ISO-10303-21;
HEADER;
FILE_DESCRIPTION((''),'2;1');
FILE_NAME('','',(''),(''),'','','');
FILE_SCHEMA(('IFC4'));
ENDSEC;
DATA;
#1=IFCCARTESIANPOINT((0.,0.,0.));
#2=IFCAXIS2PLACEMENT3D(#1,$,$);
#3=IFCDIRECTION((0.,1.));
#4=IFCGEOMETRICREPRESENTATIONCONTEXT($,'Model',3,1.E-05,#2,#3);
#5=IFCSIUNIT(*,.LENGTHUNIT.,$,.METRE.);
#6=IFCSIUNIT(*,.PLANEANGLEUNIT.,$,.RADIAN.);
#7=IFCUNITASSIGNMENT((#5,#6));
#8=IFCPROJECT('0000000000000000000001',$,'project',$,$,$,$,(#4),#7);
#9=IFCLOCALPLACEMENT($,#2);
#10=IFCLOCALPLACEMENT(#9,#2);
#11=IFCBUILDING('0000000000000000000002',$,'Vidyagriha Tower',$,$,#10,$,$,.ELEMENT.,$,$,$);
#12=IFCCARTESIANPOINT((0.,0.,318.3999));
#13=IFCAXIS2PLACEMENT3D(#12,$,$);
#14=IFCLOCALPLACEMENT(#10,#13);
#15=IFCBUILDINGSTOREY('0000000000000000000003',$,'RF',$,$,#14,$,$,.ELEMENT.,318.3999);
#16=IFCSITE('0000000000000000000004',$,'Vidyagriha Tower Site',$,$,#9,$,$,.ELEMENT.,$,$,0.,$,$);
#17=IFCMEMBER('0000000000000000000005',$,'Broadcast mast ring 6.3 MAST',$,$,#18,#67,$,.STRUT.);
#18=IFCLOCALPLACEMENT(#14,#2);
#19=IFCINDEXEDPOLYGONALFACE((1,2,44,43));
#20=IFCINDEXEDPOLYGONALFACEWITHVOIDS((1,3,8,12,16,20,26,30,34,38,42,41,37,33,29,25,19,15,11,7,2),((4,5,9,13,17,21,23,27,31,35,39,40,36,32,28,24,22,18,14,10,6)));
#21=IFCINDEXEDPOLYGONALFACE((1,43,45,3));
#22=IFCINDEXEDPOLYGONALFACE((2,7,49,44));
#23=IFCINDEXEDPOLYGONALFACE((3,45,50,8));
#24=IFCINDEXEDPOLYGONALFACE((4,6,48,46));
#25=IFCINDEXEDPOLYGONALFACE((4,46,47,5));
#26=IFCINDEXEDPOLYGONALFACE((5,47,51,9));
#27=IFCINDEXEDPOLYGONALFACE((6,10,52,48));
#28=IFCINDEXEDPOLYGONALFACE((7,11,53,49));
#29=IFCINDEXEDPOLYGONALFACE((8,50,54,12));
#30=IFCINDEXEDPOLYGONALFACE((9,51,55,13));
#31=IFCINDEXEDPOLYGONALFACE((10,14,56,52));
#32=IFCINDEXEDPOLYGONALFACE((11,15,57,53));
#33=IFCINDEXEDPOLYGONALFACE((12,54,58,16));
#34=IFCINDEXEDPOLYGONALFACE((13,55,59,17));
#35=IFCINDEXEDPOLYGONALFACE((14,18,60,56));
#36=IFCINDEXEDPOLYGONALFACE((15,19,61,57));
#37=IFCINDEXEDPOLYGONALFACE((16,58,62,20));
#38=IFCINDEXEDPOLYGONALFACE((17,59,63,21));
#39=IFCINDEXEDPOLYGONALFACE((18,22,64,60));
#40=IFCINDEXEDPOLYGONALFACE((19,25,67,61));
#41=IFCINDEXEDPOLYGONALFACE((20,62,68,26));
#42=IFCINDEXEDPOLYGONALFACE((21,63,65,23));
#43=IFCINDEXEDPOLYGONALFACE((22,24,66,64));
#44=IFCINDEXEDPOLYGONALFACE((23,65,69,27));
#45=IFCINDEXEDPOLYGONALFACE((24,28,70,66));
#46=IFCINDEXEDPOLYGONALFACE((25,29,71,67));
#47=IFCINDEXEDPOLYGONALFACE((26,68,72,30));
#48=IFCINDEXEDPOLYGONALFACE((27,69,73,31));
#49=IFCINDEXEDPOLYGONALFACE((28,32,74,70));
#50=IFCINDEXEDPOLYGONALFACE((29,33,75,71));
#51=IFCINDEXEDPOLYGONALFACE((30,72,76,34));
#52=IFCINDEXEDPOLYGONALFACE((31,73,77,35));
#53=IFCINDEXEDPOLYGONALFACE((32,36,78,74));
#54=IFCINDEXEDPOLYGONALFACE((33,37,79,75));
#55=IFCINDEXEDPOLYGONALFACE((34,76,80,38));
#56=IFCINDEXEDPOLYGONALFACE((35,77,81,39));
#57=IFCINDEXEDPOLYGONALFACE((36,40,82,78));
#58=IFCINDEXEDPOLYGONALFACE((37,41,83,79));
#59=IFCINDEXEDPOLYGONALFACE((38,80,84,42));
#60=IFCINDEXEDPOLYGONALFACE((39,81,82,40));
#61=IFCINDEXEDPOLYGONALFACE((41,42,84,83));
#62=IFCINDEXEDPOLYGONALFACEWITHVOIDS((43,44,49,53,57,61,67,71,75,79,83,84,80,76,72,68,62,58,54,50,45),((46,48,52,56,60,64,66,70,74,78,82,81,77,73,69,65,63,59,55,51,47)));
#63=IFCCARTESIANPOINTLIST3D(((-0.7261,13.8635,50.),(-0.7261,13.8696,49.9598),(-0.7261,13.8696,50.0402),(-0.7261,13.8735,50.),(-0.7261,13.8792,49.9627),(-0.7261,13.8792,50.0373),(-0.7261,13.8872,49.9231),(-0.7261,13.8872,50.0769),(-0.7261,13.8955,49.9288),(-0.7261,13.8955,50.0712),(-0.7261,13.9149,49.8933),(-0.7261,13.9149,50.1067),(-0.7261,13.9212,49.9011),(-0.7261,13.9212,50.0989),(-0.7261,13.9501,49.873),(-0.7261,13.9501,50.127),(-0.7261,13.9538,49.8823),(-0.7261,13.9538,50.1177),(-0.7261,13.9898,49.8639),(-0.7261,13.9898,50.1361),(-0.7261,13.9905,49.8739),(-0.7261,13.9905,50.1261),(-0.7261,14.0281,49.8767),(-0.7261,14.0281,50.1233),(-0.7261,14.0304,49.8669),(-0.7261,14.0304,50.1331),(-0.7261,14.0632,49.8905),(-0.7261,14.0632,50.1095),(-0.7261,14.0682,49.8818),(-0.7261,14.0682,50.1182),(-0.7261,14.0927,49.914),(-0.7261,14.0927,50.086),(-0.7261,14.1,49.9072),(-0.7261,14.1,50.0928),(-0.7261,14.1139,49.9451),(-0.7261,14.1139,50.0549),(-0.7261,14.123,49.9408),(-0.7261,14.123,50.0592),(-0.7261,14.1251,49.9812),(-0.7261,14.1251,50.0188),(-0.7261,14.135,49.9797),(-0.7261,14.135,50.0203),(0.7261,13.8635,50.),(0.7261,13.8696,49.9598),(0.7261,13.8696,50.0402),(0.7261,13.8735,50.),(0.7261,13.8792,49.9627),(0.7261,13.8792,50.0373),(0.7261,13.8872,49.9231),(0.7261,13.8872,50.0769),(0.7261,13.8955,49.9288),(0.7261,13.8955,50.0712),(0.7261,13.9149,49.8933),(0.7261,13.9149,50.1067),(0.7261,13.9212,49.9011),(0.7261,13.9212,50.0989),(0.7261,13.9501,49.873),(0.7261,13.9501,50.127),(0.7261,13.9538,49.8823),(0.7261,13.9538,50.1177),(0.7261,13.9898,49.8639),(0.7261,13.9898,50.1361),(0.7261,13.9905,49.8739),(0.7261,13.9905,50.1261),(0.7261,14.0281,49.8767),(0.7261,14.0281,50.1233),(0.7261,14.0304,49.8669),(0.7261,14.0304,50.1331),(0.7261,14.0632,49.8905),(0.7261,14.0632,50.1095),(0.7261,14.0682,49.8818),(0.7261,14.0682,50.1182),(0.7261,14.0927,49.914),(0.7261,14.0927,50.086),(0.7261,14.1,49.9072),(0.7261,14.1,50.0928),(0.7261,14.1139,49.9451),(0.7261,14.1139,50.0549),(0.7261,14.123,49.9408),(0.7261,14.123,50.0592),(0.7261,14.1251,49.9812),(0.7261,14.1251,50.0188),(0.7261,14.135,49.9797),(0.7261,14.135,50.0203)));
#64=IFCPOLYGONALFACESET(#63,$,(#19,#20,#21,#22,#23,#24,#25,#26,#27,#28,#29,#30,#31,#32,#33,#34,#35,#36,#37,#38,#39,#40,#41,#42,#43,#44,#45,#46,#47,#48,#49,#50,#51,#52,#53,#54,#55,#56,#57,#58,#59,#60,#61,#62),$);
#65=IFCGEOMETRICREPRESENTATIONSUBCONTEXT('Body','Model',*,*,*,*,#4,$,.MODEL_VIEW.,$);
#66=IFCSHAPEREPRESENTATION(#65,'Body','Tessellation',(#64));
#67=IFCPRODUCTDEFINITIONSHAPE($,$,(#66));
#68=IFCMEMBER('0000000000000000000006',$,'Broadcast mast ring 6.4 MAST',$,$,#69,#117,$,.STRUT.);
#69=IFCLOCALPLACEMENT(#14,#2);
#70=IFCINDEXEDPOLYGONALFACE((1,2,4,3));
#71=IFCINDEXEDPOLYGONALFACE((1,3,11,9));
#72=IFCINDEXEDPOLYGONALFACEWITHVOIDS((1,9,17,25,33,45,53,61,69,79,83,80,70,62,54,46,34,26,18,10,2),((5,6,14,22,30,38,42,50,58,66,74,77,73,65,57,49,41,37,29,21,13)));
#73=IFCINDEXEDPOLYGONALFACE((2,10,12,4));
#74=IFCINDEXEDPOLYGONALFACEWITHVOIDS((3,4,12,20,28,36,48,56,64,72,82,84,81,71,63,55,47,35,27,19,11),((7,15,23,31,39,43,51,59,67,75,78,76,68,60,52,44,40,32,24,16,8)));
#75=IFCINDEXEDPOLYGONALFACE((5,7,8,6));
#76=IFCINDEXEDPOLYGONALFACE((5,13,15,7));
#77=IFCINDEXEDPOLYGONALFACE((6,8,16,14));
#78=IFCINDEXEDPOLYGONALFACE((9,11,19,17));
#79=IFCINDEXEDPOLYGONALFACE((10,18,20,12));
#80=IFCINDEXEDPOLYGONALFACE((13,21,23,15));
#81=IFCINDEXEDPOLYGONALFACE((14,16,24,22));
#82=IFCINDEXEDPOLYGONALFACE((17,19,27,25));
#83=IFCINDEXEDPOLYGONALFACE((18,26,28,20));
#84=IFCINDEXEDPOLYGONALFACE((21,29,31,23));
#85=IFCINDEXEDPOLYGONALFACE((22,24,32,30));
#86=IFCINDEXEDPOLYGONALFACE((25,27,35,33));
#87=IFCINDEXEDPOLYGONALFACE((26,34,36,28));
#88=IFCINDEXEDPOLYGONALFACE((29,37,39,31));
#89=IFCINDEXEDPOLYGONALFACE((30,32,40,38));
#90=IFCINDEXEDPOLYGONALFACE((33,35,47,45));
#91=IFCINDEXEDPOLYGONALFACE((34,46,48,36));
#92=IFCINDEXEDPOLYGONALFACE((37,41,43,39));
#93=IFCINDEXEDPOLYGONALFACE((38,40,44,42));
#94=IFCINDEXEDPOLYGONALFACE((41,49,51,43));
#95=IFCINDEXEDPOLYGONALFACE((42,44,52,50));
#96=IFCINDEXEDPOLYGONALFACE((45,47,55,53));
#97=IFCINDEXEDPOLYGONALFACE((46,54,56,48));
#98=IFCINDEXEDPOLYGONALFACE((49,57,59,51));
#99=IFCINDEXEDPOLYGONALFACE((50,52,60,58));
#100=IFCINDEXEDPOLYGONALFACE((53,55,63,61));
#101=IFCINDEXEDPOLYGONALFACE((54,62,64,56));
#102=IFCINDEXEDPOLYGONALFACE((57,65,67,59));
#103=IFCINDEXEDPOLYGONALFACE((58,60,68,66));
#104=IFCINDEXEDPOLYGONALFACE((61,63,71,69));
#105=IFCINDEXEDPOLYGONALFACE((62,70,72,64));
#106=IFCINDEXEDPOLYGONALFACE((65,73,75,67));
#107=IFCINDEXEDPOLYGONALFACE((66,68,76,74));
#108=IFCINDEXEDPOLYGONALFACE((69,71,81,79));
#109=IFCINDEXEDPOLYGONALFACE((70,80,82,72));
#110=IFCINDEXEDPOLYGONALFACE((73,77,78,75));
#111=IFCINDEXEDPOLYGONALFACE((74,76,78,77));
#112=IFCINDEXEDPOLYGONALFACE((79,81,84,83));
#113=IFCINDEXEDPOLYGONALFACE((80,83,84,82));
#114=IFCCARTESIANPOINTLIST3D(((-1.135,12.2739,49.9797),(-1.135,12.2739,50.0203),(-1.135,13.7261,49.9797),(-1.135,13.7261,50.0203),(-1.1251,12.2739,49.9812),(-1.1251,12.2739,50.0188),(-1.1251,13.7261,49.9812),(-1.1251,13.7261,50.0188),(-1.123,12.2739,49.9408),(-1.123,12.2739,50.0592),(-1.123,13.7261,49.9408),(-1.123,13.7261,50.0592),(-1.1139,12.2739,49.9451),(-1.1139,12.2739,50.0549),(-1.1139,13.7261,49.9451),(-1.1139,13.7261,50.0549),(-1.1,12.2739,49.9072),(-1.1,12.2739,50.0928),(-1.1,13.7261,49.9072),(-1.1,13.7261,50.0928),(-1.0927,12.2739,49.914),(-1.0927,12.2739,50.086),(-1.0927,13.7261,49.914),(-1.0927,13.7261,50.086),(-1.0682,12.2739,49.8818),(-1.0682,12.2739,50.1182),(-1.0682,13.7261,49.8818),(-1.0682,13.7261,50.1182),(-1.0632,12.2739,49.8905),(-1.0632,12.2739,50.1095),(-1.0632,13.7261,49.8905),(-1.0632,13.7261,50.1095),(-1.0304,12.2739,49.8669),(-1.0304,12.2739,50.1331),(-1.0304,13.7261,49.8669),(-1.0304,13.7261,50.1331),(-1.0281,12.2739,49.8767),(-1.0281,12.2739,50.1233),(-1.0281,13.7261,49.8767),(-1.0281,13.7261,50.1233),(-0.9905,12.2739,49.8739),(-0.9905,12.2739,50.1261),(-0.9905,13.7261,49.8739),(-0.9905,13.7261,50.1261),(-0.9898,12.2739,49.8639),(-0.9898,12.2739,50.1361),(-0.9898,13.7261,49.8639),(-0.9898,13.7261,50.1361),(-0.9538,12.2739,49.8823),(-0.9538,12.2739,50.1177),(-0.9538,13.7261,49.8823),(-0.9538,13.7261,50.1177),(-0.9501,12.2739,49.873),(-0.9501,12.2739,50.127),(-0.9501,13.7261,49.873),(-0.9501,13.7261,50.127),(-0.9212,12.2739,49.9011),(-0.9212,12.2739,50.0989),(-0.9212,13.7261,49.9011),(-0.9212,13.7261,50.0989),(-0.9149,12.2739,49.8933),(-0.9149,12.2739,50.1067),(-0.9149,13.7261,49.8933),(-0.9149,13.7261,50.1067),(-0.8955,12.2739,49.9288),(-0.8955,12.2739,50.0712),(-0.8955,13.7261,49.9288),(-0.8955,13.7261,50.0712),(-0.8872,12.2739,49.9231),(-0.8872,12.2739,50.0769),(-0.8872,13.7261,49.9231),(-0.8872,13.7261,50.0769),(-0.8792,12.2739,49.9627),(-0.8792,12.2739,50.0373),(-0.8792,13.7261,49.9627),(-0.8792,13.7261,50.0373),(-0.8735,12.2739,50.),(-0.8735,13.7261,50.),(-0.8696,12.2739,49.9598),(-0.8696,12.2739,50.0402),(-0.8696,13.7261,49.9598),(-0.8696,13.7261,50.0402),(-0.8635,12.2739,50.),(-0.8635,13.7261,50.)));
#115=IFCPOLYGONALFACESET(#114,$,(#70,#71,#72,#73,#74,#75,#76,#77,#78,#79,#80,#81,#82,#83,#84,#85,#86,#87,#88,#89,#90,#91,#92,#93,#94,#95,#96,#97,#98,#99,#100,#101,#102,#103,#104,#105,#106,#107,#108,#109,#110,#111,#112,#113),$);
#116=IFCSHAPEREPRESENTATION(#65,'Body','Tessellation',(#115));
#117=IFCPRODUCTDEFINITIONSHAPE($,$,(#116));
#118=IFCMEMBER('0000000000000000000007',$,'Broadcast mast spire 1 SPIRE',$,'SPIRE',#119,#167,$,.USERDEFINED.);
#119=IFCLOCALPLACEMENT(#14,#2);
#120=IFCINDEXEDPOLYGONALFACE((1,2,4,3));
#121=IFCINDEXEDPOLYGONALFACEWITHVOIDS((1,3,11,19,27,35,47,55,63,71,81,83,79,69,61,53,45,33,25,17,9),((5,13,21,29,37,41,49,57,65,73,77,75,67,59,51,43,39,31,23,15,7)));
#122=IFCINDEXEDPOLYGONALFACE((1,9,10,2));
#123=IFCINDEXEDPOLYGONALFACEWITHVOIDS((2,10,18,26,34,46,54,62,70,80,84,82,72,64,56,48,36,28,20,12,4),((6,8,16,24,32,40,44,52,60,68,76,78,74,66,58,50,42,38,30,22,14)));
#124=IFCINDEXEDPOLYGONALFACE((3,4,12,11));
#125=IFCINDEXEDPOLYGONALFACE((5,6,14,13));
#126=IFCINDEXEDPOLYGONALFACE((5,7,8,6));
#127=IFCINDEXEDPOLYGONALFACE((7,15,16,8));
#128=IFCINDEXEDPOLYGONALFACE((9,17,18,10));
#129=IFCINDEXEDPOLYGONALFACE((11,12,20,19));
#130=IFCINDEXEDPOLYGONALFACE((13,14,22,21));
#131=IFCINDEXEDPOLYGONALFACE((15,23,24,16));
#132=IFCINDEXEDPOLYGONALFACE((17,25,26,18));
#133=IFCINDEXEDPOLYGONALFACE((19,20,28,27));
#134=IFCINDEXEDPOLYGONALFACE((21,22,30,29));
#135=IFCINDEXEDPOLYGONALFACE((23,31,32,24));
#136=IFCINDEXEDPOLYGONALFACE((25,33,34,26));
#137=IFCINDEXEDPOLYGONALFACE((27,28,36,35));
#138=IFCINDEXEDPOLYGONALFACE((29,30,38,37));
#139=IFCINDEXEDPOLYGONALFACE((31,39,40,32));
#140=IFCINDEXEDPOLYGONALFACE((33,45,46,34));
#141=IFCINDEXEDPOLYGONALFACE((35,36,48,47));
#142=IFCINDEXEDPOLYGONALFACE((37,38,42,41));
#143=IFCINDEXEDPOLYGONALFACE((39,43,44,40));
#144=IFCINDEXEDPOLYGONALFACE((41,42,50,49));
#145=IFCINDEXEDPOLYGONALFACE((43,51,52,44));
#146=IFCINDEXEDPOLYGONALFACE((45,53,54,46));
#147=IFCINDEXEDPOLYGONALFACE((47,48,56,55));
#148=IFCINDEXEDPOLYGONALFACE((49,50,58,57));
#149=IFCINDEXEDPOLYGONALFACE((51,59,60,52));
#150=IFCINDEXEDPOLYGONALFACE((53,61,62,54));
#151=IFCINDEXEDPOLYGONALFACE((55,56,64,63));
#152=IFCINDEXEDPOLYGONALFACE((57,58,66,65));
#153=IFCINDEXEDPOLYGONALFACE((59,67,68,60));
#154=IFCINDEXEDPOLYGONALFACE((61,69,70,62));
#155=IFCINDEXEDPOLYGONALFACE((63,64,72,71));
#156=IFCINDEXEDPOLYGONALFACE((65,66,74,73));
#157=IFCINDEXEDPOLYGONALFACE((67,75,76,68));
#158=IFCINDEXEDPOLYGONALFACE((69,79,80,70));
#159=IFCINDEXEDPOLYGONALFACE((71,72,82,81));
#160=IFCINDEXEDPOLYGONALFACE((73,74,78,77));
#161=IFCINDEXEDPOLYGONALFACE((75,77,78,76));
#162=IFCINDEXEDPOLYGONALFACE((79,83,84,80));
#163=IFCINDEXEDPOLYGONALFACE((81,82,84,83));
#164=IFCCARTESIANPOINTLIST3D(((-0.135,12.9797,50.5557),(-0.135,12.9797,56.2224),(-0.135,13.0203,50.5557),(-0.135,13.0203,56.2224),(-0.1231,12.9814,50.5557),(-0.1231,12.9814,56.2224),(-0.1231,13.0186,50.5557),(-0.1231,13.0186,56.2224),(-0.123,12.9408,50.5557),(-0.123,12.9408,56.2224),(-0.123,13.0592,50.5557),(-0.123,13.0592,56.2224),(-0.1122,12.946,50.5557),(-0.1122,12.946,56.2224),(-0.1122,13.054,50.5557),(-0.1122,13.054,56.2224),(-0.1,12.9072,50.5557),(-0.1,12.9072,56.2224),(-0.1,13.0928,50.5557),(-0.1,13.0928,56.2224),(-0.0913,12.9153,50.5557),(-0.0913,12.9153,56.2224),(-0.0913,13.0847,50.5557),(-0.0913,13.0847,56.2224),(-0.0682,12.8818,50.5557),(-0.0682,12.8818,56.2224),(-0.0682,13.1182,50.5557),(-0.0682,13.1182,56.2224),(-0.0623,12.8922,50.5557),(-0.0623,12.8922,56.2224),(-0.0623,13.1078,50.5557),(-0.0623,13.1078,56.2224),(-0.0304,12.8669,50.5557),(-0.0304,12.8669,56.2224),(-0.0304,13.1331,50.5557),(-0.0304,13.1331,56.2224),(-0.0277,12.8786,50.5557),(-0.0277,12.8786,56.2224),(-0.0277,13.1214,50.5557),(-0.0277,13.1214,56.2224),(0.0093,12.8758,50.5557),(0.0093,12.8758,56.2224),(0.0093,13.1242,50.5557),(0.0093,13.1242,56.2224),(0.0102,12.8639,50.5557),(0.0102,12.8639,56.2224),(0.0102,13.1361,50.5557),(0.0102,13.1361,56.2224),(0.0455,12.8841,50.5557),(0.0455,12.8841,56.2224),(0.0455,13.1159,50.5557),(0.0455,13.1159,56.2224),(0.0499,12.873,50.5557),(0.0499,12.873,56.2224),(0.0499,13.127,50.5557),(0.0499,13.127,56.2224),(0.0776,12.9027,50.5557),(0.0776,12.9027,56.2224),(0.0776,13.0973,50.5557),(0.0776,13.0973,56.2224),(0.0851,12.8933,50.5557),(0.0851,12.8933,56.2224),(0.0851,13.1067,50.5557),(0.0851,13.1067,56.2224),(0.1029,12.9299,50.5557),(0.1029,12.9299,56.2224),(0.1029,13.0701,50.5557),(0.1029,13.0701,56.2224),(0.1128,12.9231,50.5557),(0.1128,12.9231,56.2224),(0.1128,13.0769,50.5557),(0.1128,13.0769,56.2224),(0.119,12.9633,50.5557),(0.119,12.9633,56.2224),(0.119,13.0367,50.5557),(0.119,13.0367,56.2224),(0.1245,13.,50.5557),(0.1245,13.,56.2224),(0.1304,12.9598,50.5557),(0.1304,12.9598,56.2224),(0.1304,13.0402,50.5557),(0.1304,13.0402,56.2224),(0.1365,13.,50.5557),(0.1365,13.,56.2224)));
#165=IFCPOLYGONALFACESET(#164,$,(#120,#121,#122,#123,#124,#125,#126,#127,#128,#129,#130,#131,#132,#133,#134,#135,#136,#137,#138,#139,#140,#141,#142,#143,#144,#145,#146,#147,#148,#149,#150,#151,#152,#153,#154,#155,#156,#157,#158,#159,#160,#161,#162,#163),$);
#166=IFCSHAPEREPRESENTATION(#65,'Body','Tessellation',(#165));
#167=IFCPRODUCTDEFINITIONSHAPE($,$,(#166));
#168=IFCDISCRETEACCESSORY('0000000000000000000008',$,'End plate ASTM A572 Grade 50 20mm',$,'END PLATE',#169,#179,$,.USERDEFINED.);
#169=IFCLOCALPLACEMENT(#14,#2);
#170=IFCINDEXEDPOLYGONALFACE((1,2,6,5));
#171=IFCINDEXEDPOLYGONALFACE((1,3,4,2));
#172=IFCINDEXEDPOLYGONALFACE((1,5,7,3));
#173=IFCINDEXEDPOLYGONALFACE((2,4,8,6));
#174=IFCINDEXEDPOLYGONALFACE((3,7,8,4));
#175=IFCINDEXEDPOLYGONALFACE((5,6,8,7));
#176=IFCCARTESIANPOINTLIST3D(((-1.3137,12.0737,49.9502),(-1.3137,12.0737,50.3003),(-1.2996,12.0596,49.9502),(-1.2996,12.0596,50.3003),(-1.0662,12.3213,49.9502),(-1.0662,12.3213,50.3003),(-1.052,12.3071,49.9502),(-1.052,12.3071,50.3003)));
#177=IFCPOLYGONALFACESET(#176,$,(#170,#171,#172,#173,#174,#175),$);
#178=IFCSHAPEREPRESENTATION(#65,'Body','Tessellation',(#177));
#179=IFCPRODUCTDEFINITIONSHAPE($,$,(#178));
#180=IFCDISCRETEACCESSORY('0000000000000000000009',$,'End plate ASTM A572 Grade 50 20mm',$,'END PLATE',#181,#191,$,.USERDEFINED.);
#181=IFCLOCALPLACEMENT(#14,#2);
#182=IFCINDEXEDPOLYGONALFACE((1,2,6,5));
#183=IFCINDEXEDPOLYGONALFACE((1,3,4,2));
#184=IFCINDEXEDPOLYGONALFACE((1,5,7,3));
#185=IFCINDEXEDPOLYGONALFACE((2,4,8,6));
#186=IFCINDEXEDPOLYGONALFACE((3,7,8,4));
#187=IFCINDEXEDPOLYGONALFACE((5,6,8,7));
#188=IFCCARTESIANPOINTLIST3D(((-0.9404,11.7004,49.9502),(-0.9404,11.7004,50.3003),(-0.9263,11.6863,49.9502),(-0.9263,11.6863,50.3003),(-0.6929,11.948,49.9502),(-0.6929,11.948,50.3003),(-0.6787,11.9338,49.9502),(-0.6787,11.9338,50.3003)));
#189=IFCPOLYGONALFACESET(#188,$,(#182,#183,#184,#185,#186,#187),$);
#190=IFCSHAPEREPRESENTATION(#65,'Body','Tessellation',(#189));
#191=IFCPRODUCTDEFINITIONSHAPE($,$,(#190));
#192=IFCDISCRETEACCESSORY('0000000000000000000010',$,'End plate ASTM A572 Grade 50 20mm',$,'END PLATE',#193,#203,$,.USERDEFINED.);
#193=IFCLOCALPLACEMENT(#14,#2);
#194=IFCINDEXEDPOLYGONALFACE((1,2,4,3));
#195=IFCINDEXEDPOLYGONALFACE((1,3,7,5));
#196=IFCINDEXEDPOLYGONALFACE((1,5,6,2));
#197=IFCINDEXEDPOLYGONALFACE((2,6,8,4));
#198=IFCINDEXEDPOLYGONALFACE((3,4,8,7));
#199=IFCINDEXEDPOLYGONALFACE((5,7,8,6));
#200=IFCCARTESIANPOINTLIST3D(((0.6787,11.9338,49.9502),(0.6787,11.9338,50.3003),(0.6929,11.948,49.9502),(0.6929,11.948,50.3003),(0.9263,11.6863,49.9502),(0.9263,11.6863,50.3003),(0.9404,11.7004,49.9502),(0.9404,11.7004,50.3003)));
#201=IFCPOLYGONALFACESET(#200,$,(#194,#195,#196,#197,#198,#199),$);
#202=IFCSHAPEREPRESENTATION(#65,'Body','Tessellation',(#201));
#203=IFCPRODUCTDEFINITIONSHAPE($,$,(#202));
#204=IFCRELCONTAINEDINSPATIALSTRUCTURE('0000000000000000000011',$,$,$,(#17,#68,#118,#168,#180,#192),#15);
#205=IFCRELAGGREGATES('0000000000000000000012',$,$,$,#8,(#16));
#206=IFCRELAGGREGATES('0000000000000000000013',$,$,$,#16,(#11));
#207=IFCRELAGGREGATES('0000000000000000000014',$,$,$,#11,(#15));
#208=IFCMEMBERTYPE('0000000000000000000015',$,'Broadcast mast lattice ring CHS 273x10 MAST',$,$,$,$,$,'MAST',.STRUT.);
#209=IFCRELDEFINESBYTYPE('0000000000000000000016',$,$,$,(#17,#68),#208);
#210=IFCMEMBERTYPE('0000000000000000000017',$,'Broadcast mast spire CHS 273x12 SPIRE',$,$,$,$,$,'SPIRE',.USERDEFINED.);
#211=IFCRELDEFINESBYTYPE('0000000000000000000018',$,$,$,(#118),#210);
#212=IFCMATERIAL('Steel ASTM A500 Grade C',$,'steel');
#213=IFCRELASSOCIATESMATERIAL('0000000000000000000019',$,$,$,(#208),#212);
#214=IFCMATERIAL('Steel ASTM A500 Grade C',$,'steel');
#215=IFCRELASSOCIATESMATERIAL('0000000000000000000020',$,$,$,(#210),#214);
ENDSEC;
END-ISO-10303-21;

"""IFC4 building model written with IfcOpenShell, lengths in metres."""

from ifc_helpers import new_model, si_unit, direction, frame, origin, origin_2d, place, context, subcontext, project, spatial, rectangle, hollow_circle, extrude, material, material_profile, profile_set, type_object, element, save


model = new_model("IFC4")

# Units and contexts
model_context = context("Model", 3, precision=1e-05, world=origin(), true_north=direction((0.0, 1.0)))
body_context = subcontext(model_context, "Body", "Model", "MODEL_VIEW")
ifc_project = project(units=[si_unit("LENGTHUNIT", "METRE"), si_unit("PLANEANGLEUNIT", "RADIAN")], contexts=[model_context])

# Site, building, storey
site_placement = place(None, origin())
site = spatial("IfcSite", under=ifc_project, at=site_placement, Name="Vidyagriha Tower Site", CompositionType="ELEMENT", RefElevation=0.0)
building_placement = place(site_placement, origin())
building = spatial("IfcBuilding", under=site, at=building_placement, Name="Vidyagriha Tower", CompositionType="ELEMENT")
storey_placement = place(building_placement, frame((0.0, 0.0, 318.3999)))
storey = spatial("IfcBuildingStorey", under=building, at=storey_placement, Name="RF", CompositionType="ELEMENT", Elevation=318.3999)

# Members
ifc_material_1 = material(Name="Steel ASTM A500 Grade C", Category="steel")
ifc_material_profile_1 = material_profile(ifc_material_1, hollow_circle(Radius=0.1365, WallThickness=0.01, at=origin_2d()), Name="Broadcast mast lattice ring CHS 273x10 MAST")
ifc_profile_set_1 = profile_set([ifc_material_profile_1], Name="Steel ASTM A500 Grade C")
member_type_1 = type_object("IfcMemberType", Name="Broadcast mast lattice ring CHS 273x10 MAST", ElementType="MAST", PredefinedType="STRUT", material=ifc_profile_set_1)
for number, where, z_axis, x_axis, name in (
    (1, (0.7261, 14.0, 50.0), (-1.0, 0.0, 0.0), (0.0, -1.0, 0.0), "Broadcast mast ring 6.3 MAST"),
    (2, (-1.0, 13.7261, 50.0), (0.0, -1.0, 0.0), (1.0, 0.0, 0.0), "Broadcast mast ring 6.4 MAST"),
):
    element("IfcMember", number, at=place(storey_placement, frame(where, z_axis=z_axis, x_axis=x_axis)), inside=storey, type_object=member_type_1, Name=name, PredefinedType="STRUT", context=body_context, shape_type="SweptSolid", body=[
        extrude(hollow_circle(Radius=0.1365, WallThickness=0.01, at=origin_2d()), origin(), (0.0, 0.0, 1.0), 1.4521),
    ])
ifc_material_2 = material(Name="Steel ASTM A500 Grade C", Category="steel")
ifc_material_profile_2 = material_profile(ifc_material_2, hollow_circle(Radius=0.1365, WallThickness=0.012, at=origin_2d()), Name="Broadcast mast spire CHS 273x12 SPIRE")
ifc_profile_set_2 = profile_set([ifc_material_profile_2], Name="Steel ASTM A500 Grade C")
member_type_2 = type_object("IfcMemberType", Name="Broadcast mast spire CHS 273x12 SPIRE", ElementType="SPIRE", PredefinedType="USERDEFINED", material=ifc_profile_set_2)
member_placement = place(storey_placement, frame((0.0, 13.0, 50.5557)))
element("IfcMember", 3, at=member_placement, inside=storey, type_object=member_type_2, Name="Broadcast mast spire 1 SPIRE", ObjectType="SPIRE", PredefinedType="USERDEFINED", context=body_context, shape_type="SweptSolid", body=[
    extrude(hollow_circle(Radius=0.1365, WallThickness=0.012, at=origin_2d()), origin(), (0.0, 0.0, 1.0), 5.6667),
])

# Discrete accessories
for number, where, z_axis, x_axis, name in (
    (4, (-1.1829, 12.1904, 49.9502), (0.0, 0.0, 1.0), (0.707107, 0.707107, 0.0), "End plate ASTM A572 Grade 50 20mm"),
    (5, (-0.8096, 11.8171, 49.9502), (0.0, 0.0, 1.0), (0.707107, 0.707107, 0.0), "End plate ASTM A572 Grade 50 20mm"),
    (6, (0.8096, 11.8171, 49.9502), (0.0, 0.0, 1.0), (-0.707107, 0.707107, 0.0), "End plate ASTM A572 Grade 50 20mm"),
):
    element("IfcDiscreteAccessory", number, at=place(storey_placement, frame(where, z_axis=z_axis, x_axis=x_axis)), inside=storey, Name=name, ObjectType="END PLATE", PredefinedType="USERDEFINED", context=body_context, shape_type="SweptSolid", body=[
        extrude(rectangle(XDim=0.3501, YDim=0.02, at=origin_2d()), origin(), (0.0, 0.0, 1.0), 0.3501),
    ])

save(model, "model.ifc")
